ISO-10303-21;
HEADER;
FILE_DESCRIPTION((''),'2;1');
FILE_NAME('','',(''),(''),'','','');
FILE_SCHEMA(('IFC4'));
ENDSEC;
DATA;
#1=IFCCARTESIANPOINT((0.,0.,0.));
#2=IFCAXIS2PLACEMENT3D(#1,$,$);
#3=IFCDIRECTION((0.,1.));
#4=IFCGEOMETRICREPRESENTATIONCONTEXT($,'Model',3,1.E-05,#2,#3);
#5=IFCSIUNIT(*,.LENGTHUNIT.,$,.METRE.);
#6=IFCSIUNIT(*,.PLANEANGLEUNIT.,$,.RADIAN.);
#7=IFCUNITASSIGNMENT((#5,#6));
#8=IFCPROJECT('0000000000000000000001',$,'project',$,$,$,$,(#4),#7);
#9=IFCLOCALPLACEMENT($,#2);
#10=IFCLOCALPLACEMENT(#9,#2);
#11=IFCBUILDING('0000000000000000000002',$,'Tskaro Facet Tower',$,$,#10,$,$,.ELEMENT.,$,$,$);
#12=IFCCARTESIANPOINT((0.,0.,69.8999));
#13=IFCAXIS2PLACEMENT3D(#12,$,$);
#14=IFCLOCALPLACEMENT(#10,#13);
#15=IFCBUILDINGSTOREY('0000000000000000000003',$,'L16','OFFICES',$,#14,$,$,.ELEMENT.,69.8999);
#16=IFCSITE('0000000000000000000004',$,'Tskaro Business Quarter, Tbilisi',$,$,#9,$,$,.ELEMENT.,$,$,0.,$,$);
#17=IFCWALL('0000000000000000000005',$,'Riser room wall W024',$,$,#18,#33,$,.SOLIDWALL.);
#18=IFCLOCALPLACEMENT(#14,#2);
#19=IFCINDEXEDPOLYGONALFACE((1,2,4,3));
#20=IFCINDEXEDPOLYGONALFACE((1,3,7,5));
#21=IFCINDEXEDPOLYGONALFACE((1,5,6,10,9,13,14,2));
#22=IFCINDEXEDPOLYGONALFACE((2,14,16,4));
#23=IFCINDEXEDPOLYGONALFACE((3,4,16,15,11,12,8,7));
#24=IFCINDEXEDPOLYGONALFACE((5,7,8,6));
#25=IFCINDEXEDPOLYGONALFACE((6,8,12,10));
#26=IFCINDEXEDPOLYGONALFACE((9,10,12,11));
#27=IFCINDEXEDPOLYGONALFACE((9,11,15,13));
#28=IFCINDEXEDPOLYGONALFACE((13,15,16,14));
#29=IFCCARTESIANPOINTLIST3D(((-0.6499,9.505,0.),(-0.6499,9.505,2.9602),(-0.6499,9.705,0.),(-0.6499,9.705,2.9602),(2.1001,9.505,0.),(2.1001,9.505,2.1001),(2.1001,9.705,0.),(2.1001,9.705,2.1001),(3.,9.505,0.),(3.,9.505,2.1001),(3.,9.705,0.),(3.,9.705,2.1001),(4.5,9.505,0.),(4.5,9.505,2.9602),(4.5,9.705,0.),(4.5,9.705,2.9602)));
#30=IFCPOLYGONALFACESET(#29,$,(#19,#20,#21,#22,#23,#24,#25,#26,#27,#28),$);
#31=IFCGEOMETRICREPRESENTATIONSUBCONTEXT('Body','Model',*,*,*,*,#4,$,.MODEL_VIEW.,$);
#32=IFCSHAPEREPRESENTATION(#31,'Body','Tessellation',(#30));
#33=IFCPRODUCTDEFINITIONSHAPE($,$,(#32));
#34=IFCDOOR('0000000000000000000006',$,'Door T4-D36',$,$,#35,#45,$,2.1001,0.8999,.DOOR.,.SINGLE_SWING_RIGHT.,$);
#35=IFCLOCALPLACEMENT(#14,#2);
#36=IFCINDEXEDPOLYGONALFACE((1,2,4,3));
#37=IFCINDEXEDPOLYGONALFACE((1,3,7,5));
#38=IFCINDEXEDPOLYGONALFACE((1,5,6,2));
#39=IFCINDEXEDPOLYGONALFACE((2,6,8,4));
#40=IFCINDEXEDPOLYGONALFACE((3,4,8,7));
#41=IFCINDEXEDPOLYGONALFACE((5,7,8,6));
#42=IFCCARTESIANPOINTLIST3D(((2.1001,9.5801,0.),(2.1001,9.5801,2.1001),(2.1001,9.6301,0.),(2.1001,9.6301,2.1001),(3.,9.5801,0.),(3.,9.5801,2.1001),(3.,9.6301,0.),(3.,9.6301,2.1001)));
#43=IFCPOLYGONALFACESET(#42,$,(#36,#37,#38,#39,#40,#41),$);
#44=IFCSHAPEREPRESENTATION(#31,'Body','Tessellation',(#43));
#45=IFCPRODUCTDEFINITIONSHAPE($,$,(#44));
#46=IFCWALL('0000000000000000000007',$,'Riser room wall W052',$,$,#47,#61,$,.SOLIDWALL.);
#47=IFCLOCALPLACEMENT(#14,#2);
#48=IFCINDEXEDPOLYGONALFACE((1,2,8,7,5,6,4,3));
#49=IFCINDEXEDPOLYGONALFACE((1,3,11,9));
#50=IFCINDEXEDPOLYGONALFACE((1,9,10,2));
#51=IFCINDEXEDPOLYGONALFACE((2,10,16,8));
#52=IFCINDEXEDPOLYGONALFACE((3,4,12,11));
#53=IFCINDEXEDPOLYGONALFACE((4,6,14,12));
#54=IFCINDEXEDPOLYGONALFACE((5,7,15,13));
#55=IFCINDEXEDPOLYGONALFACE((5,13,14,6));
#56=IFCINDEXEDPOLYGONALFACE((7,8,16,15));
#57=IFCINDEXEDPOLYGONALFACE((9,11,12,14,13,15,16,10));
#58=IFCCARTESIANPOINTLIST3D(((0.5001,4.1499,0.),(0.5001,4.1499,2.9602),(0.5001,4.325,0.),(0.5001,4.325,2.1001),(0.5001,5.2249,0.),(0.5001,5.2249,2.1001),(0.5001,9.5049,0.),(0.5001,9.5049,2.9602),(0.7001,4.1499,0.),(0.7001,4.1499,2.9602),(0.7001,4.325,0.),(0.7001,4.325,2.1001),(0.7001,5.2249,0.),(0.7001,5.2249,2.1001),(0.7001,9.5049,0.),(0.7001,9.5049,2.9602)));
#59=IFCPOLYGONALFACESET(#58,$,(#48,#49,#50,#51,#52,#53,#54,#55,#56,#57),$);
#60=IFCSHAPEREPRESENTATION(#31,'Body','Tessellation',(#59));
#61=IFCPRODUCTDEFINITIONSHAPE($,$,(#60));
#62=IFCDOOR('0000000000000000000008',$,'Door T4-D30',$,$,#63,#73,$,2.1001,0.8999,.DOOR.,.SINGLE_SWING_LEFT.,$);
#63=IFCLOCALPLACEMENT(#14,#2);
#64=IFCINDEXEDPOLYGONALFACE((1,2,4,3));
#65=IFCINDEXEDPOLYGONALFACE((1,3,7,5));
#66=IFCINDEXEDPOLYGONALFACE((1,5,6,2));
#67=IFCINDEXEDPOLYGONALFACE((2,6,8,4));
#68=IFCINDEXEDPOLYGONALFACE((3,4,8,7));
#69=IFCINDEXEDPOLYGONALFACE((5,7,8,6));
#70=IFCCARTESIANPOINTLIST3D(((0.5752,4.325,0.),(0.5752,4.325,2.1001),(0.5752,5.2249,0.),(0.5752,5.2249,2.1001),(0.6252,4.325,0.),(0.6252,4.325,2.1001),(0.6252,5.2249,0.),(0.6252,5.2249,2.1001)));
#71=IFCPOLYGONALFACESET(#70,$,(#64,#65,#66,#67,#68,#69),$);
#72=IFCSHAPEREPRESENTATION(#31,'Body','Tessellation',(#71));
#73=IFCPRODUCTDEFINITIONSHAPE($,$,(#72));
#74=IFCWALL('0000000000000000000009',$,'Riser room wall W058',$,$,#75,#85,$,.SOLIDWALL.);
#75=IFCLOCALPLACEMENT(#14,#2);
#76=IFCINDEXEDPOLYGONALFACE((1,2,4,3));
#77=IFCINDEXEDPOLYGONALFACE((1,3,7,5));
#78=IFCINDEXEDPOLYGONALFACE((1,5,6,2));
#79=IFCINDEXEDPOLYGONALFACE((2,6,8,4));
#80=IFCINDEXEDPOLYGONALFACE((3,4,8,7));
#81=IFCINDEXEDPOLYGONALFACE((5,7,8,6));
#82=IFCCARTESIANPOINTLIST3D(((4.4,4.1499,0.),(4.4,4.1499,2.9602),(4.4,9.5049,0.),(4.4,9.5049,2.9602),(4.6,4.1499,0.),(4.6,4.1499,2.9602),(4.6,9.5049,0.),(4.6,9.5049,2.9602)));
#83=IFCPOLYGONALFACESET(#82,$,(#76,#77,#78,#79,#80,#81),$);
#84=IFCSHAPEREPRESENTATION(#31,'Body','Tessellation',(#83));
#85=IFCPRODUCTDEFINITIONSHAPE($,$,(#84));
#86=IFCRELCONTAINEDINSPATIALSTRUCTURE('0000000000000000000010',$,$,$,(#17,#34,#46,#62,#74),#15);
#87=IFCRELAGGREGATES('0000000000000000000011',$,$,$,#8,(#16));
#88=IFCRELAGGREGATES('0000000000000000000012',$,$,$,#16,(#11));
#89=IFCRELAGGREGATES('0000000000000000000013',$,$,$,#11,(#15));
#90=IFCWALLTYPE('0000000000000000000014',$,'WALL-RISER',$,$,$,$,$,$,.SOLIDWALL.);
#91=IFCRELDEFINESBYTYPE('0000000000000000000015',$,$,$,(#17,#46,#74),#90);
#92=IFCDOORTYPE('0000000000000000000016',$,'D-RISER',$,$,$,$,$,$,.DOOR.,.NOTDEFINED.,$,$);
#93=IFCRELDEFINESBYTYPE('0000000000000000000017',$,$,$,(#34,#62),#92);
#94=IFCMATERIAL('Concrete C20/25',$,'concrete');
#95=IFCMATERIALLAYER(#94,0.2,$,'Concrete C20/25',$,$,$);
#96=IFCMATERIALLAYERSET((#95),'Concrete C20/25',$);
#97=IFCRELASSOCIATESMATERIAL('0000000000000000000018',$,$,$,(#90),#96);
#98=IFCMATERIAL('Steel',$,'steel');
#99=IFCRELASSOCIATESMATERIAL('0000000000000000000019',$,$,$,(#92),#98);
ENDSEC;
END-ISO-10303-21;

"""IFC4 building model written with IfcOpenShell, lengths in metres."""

from ifc_helpers import new_model, si_unit, direction, frame, frame_2d, origin, place, context, subcontext, project, spatial, rectangle, extrude, material, layer, layer_set, type_object, element, fill, save


model = new_model("IFC4")

# Units and contexts
model_context = context("Model", 3, precision=1e-05, world=origin(), true_north=direction((0.0, 1.0)))
body_context = subcontext(model_context, "Body", "Model", "MODEL_VIEW")
ifc_project = project(units=[si_unit("LENGTHUNIT", "METRE"), si_unit("PLANEANGLEUNIT", "RADIAN")], contexts=[model_context])

# Site, building, storey
site_placement = place(None, origin())
site = spatial("IfcSite", under=ifc_project, at=site_placement, Name="Tskaro Business Quarter, Tbilisi", CompositionType="ELEMENT", RefElevation=0.0)
building_placement = place(site_placement, origin())
building = spatial("IfcBuilding", under=site, at=building_placement, Name="Tskaro Facet Tower", CompositionType="ELEMENT")
storey_placement = place(building_placement, frame((0.0, 0.0, 69.8999)))
storey = spatial("IfcBuildingStorey", under=building, at=storey_placement, Name="L16", Description="OFFICES", CompositionType="ELEMENT", Elevation=69.8999)

# Shared definitions
ifc_material_1 = material(Name="Concrete C20/25", Category="concrete")

# Walls, openings, doors
ifc_layer_1 = layer(ifc_material_1, 0.2, Name="Concrete C20/25")
ifc_layer_set_1 = layer_set([ifc_layer_1], Name="Concrete C20/25")
wall_type_1 = type_object("IfcWallType", Name="WALL-RISER", PredefinedType="SOLIDWALL", material=ifc_layer_set_1)
wall_1_placement = place(storey_placement, frame((4.5, 9.605, 0.0), z_axis=(0.0, 0.0, 1.0), x_axis=(-1.0, 0.0, 0.0)))
wall_1 = element("IfcWall", 1, at=wall_1_placement, inside=storey, type_object=wall_type_1, Name="Riser room wall W024", PredefinedType="SOLIDWALL", context=body_context, shape_type="SweptSolid", body=[
    extrude(rectangle(XDim=5.1499, YDim=0.2, at=frame_2d((2.575, 0.0))), origin(), (0.0, 0.0, 1.0), 2.9602),
])
opening_1_placement = place(wall_1_placement, frame((1.5, 0.0, 0.0)))
opening_1 = element("IfcOpeningElement", 2, at=opening_1_placement, cuts=wall_1, PredefinedType="OPENING", context=body_context, shape_type="SweptSolid", body=[
    extrude(rectangle(XDim=0.8999, YDim=2.1001, at=frame_2d((0.45, 1.05))), frame((0.0, 0.1099, 0.0), z_axis=(0.0, -1.0, 0.0), x_axis=(1.0, 0.0, 0.0)), (0.0, 0.0, 1.0), 0.22),
])
ifc_material_2 = material(Name="Steel", Category="steel")
door_type_1 = type_object("IfcDoorType", Name="D-RISER", OperationType="NOTDEFINED", PredefinedType="DOOR", material=ifc_material_2)
door_1_placement = place(opening_1_placement, origin())
door_1 = element("IfcDoor", 3, at=door_1_placement, inside=storey, type_object=door_type_1, Name="Door T4-D36", OperationType="SINGLE_SWING_RIGHT", OverallHeight=2.1001, OverallWidth=0.8999, PredefinedType="DOOR", context=body_context, shape_type="SweptSolid", body=[
    extrude(rectangle(XDim=0.8999, YDim=2.1001, at=frame_2d((0.45, 1.05))), frame((0.0, 0.0249, 0.0), z_axis=(0.0, -1.0, 0.0), x_axis=(1.0, 0.0, 0.0)), (0.0, 0.0, 1.0), 0.05),
])
fill(opening_1, door_1)
wall_2_placement = place(storey_placement, frame((0.6001, 4.1499, 0.0), z_axis=(0.0, 0.0, 1.0), x_axis=(0.0, 1.0, 0.0)))
wall_2 = element("IfcWall", 4, at=wall_2_placement, inside=storey, type_object=wall_type_1, Name="Riser room wall W052", PredefinedType="SOLIDWALL", context=body_context, shape_type="SweptSolid", body=[
    extrude(rectangle(XDim=5.355, YDim=0.2, at=frame_2d((2.6775, 0.0))), origin(), (0.0, 0.0, 1.0), 2.9602),
])
opening_2_placement = place(wall_2_placement, frame((0.175, 0.0, 0.0)))
opening_2 = element("IfcOpeningElement", 5, at=opening_2_placement, cuts=wall_2, PredefinedType="OPENING", context=body_context, shape_type="SweptSolid", body=[
    extrude(rectangle(XDim=0.8999, YDim=2.1001, at=frame_2d((0.45, 1.05))), frame((0.0, 0.1099, 0.0), z_axis=(0.0, -1.0, 0.0), x_axis=(1.0, 0.0, 0.0)), (0.0, 0.0, 1.0), 0.22),
])
door_2_placement = place(opening_2_placement, origin())
door_2 = element("IfcDoor", 6, at=door_2_placement, inside=storey, type_object=door_type_1, Name="Door T4-D30", OperationType="SINGLE_SWING_LEFT", OverallHeight=2.1001, OverallWidth=0.8999, PredefinedType="DOOR", context=body_context, shape_type="SweptSolid", body=[
    extrude(rectangle(XDim=0.8999, YDim=2.1001, at=frame_2d((0.45, 1.05))), frame((0.0, 0.0249, 0.0), z_axis=(0.0, -1.0, 0.0), x_axis=(1.0, 0.0, 0.0)), (0.0, 0.0, 1.0), 0.05),
])
fill(opening_2, door_2)

# Wall
wall_3_placement = place(storey_placement, frame((4.5, 4.1499, 0.0), z_axis=(0.0, 0.0, 1.0), x_axis=(0.0, 1.0, 0.0)))
element("IfcWall", 7, at=wall_3_placement, inside=storey, type_object=wall_type_1, Name="Riser room wall W058", PredefinedType="SOLIDWALL", context=body_context, shape_type="SweptSolid", body=[
    extrude(rectangle(XDim=5.355, YDim=0.2, at=frame_2d((2.6775, 0.0))), origin(), (0.0, 0.0, 1.0), 2.9602),
])

save(model, "model.ifc")
